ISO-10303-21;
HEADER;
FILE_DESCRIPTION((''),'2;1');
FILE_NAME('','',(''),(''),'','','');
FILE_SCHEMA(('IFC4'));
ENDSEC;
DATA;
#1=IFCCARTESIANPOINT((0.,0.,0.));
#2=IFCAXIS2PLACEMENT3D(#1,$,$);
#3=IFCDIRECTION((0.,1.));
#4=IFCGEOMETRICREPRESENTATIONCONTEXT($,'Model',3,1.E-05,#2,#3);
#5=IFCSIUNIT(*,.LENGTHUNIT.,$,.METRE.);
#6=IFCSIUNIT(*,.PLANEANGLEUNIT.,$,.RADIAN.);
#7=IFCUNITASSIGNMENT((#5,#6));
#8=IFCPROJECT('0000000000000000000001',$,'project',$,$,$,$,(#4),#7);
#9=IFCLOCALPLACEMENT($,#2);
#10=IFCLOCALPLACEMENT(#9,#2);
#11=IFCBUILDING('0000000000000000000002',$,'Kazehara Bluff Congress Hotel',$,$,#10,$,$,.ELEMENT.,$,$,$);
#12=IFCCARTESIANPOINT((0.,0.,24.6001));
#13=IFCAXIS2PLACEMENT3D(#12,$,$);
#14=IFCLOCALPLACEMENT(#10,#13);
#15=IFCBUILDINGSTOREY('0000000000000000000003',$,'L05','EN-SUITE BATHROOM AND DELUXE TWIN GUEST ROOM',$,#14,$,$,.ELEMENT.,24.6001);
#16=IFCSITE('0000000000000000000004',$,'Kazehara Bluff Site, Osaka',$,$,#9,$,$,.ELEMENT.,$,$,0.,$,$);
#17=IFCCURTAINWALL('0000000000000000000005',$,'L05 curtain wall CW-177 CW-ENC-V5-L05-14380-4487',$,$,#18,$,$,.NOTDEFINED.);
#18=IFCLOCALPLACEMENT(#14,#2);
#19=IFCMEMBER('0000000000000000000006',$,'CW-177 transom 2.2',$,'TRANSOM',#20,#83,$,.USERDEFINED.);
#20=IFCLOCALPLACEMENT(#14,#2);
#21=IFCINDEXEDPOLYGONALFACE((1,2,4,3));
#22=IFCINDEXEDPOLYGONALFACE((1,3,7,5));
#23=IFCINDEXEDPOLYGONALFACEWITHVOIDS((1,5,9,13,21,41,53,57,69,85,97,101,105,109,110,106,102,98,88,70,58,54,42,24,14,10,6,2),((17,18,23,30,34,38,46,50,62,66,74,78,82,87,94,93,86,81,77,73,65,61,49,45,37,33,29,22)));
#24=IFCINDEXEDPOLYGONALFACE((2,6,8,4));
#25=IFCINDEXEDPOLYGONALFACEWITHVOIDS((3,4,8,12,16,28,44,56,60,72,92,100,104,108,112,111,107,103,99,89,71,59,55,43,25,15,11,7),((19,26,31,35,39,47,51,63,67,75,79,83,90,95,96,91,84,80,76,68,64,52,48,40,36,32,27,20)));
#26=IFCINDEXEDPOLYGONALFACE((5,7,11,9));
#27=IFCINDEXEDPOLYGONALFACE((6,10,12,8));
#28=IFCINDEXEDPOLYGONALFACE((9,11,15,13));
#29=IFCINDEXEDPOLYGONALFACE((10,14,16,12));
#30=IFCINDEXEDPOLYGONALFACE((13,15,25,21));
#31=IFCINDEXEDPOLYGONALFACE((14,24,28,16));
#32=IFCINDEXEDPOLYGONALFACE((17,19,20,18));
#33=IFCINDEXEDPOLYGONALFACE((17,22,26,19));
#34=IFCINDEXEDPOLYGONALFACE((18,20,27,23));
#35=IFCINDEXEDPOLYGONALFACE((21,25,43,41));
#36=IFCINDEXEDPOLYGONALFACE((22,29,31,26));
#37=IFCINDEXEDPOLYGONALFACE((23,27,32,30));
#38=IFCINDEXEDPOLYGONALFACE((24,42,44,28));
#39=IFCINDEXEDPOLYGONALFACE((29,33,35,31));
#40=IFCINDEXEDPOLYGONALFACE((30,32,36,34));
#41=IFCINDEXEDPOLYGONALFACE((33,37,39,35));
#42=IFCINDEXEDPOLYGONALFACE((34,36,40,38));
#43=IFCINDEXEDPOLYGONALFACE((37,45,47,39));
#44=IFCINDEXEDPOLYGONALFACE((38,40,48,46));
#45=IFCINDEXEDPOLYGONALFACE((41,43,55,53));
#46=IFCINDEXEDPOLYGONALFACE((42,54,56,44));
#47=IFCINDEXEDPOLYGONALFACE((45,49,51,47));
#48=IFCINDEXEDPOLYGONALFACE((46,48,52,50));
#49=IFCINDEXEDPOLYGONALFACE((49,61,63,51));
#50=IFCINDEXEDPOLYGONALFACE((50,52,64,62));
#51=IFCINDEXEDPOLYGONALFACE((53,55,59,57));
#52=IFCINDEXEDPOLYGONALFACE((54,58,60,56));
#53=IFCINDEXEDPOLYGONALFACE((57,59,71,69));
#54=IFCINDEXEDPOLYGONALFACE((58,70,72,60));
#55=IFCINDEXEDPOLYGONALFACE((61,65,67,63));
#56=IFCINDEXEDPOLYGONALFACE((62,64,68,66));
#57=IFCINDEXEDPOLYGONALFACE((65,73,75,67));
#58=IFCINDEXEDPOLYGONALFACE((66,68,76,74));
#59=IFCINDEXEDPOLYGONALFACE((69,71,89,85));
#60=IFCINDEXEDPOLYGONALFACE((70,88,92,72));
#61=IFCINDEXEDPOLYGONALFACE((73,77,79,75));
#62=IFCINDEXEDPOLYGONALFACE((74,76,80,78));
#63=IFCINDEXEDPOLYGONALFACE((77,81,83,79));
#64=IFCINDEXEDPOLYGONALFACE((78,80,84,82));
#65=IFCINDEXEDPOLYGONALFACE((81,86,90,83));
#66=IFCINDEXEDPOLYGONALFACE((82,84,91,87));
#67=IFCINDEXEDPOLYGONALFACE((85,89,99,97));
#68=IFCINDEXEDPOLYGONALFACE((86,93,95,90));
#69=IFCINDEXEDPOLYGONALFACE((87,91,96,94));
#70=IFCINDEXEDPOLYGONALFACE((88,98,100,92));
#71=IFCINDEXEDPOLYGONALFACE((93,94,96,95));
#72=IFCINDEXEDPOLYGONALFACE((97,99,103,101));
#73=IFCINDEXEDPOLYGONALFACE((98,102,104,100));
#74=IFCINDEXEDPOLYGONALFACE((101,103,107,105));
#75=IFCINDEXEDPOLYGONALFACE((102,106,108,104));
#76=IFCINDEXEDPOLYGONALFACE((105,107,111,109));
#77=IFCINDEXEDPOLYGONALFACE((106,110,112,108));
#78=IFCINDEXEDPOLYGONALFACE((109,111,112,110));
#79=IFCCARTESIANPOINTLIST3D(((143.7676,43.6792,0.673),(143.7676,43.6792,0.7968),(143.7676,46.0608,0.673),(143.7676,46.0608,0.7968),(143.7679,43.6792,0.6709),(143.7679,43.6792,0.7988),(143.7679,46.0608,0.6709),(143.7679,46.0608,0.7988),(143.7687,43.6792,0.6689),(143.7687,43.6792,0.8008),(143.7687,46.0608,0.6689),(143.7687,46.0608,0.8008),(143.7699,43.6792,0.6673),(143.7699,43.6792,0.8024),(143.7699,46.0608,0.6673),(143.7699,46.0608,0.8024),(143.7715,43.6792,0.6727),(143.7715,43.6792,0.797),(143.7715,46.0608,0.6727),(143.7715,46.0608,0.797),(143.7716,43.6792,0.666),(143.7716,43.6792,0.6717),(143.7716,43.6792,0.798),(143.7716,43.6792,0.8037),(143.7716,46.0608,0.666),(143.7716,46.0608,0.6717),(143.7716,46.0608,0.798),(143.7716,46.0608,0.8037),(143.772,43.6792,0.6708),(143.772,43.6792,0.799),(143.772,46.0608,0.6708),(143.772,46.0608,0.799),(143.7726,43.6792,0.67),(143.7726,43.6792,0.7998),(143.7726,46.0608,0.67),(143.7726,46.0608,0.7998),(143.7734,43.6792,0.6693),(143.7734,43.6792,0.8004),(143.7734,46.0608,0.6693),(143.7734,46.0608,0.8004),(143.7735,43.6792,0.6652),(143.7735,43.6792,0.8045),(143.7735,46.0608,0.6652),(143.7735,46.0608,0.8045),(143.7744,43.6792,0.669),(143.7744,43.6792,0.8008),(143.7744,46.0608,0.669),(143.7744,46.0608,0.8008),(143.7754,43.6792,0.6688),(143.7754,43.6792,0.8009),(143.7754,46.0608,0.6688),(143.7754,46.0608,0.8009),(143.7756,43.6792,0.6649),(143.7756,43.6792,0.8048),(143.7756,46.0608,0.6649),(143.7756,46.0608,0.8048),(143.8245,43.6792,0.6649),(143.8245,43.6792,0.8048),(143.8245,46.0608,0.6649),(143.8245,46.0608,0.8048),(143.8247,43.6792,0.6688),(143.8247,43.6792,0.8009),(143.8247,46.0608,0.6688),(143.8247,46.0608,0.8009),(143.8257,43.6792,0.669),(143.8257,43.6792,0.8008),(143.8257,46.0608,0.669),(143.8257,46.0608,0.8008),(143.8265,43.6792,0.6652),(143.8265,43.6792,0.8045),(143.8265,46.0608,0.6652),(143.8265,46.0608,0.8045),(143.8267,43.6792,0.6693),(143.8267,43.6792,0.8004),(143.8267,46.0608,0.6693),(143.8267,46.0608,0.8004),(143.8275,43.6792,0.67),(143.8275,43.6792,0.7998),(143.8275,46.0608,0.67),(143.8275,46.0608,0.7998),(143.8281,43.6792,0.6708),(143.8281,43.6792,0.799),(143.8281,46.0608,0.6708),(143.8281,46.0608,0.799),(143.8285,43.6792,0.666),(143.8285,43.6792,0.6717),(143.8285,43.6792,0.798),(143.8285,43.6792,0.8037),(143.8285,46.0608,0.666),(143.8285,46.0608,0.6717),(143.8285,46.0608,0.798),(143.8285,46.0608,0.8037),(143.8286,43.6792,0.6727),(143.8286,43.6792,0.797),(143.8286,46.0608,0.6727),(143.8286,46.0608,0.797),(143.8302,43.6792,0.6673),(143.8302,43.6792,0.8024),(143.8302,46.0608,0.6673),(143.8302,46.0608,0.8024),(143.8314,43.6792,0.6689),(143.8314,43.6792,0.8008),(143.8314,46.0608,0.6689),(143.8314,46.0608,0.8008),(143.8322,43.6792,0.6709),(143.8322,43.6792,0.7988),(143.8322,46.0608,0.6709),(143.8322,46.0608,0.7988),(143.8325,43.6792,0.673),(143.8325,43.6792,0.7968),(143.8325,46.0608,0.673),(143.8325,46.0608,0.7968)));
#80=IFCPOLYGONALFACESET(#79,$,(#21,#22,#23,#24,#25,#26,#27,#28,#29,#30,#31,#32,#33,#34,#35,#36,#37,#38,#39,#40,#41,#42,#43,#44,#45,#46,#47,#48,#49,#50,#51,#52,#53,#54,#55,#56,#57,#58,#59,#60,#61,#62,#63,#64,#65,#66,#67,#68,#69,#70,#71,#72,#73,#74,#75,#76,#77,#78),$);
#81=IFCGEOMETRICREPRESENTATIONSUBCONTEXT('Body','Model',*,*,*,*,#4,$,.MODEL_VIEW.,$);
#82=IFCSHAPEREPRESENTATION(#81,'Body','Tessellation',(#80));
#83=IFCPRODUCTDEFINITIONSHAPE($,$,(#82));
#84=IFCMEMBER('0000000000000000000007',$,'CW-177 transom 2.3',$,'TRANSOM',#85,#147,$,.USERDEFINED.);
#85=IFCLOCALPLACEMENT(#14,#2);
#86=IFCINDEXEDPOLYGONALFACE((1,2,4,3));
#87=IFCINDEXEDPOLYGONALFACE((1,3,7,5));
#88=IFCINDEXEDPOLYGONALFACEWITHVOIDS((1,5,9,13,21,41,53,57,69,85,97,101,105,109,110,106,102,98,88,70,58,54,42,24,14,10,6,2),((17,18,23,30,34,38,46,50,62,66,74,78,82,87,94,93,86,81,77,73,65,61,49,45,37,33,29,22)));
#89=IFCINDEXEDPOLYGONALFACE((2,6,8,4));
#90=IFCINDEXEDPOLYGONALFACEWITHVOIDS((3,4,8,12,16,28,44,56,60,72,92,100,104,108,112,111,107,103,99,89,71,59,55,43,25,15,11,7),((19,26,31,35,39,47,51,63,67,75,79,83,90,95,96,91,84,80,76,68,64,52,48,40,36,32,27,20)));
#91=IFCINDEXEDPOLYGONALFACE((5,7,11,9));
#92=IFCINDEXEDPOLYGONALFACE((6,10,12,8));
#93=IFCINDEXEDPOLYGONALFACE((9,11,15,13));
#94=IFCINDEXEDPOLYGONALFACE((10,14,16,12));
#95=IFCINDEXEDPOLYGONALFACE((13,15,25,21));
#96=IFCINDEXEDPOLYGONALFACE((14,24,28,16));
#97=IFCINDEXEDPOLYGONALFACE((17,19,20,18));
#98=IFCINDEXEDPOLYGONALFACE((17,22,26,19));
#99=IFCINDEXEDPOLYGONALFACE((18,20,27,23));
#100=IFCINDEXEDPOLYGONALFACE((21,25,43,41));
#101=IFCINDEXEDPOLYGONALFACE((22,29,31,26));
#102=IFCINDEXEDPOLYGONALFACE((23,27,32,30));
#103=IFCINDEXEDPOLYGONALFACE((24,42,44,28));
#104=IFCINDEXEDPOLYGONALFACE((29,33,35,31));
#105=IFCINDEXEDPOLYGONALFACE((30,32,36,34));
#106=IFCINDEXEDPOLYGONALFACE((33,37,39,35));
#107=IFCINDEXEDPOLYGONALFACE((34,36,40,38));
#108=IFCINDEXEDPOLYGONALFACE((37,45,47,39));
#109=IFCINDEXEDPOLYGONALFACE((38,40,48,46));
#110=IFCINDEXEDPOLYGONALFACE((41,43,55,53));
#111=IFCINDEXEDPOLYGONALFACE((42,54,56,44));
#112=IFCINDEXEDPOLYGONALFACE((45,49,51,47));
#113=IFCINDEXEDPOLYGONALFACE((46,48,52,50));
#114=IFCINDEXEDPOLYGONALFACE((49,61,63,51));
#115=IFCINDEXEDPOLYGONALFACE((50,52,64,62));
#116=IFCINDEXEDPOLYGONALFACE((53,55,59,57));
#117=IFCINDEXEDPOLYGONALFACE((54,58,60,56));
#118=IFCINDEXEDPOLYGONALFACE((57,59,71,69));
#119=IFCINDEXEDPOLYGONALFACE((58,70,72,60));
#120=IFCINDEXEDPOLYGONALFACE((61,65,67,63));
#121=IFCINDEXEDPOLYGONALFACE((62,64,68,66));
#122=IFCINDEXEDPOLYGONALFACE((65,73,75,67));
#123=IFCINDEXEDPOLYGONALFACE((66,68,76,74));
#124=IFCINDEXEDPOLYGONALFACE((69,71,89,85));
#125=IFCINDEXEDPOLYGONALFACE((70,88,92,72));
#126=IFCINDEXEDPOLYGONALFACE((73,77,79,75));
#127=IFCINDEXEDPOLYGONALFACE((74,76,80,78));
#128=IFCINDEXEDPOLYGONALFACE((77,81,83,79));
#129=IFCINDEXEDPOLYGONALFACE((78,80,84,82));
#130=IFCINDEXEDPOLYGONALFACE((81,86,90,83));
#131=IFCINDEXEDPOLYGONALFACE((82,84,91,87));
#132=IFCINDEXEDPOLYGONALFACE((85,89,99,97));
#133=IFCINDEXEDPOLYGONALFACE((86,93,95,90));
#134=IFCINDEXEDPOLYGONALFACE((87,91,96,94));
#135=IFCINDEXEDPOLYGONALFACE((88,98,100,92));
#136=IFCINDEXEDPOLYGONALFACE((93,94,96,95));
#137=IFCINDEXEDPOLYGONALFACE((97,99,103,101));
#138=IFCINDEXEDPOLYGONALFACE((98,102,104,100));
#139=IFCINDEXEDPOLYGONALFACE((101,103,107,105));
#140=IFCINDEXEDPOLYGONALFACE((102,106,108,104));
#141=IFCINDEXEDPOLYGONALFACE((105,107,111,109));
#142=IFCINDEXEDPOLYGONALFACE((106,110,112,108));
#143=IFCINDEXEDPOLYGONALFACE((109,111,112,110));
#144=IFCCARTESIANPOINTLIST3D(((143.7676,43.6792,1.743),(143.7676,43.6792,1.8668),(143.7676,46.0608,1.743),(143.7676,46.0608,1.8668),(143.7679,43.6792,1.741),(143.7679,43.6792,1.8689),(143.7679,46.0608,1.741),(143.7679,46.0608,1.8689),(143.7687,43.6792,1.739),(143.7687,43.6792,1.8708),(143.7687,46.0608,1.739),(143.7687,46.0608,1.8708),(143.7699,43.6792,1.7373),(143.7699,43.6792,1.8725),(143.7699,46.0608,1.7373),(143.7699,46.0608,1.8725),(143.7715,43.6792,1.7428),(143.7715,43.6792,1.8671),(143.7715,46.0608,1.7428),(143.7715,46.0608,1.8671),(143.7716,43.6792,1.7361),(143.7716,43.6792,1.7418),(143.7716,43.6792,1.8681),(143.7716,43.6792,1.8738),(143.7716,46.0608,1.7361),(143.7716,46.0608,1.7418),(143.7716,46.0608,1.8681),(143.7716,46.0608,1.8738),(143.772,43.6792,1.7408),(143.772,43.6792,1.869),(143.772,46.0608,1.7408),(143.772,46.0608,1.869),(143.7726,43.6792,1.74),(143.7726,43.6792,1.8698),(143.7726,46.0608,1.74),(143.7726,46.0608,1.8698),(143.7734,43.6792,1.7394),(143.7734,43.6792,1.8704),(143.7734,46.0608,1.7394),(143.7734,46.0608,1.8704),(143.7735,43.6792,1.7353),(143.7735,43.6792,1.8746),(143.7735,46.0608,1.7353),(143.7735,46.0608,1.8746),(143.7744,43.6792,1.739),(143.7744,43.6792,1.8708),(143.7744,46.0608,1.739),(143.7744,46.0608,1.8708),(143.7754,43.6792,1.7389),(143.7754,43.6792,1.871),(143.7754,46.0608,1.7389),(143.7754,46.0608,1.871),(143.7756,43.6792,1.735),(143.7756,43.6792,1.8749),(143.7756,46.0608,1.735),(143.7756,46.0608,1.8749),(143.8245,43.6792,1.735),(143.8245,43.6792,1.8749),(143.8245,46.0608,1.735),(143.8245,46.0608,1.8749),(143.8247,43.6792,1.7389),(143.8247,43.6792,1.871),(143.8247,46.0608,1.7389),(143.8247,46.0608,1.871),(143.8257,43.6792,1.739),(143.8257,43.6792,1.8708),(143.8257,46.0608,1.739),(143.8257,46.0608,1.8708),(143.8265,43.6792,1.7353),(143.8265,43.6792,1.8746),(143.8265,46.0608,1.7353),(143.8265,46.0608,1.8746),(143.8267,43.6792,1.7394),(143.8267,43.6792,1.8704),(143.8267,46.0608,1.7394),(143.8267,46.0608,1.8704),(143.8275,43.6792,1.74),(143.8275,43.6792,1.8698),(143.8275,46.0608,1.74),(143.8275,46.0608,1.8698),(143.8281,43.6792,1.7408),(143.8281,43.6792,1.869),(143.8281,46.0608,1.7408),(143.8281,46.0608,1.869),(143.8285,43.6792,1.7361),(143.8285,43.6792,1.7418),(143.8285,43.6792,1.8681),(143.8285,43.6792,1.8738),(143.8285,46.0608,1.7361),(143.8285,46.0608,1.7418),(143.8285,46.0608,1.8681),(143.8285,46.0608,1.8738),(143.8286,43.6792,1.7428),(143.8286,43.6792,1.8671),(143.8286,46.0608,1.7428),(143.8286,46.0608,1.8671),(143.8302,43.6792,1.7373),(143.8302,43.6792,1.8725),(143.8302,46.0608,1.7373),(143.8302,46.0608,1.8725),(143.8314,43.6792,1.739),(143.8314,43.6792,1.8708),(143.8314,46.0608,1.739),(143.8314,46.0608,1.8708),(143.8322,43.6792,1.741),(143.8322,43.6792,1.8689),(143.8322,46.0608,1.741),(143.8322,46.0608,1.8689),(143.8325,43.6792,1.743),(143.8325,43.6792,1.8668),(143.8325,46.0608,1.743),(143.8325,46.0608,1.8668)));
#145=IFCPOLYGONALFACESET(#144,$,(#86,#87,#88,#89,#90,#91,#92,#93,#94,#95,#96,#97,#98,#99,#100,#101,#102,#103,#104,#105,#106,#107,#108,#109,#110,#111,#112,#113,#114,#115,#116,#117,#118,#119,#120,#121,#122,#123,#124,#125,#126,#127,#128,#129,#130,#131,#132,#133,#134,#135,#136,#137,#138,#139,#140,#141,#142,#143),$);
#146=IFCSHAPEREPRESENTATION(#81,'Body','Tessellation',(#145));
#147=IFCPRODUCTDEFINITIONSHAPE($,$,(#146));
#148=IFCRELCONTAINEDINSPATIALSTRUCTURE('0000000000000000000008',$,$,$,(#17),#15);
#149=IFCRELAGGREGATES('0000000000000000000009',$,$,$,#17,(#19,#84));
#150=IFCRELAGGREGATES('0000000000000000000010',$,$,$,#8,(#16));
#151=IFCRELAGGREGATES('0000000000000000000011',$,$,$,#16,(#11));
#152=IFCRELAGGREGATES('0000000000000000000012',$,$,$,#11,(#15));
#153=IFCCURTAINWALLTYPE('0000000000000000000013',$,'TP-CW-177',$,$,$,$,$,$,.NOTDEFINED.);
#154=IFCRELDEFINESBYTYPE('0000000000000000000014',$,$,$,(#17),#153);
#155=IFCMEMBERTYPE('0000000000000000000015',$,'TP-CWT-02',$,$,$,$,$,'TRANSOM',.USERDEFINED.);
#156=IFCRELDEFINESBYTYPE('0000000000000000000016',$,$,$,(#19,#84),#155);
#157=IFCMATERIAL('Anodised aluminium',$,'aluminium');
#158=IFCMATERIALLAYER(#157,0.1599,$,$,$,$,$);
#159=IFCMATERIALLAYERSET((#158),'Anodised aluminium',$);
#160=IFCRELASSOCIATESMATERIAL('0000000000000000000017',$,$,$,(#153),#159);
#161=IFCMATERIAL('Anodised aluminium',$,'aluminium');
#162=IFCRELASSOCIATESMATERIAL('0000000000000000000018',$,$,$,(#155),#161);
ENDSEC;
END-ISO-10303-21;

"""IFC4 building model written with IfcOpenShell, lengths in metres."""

from ifc_helpers import new_model, si_unit, direction, frame, origin, origin_2d, place, context, subcontext, project, spatial, hollow_rectangle, extrude, material, layer, layer_set, material_profile, profile_set, type_object, element, aggregate, save


model = new_model("IFC4")

# Units and contexts
model_context = context("Model", 3, precision=1e-05, world=origin(), true_north=direction((0.0, 1.0)))
body_context = subcontext(model_context, "Body", "Model", "MODEL_VIEW")
ifc_project = project(units=[si_unit("LENGTHUNIT", "METRE"), si_unit("PLANEANGLEUNIT", "RADIAN")], contexts=[model_context])

# Site, building, storey
site_placement = place(None, origin())
site = spatial("IfcSite", under=ifc_project, at=site_placement, Name="Kazehara Bluff Site, Osaka", CompositionType="ELEMENT", RefElevation=0.0)
building_placement = place(site_placement, origin())
building = spatial("IfcBuilding", under=site, at=building_placement, Name="Kazehara Bluff Congress Hotel", CompositionType="ELEMENT")
storey_placement = place(building_placement, frame((0.0, 0.0, 24.6001)))
storey = spatial("IfcBuildingStorey", under=building, at=storey_placement, Name="L05", Description="EN-SUITE BATHROOM AND DELUXE TWIN GUEST ROOM", CompositionType="ELEMENT", Elevation=24.6001)

# Curtain wall, members
ifc_material_1 = material(Name="Anodised aluminium", Category="aluminium")
ifc_layer_1 = layer(ifc_material_1, 0.1599)
ifc_layer_set_1 = layer_set([ifc_layer_1], Name="Anodised aluminium")
curtain_wall_type_1 = type_object("IfcCurtainWallType", Name="TP-CW-177", PredefinedType="NOTDEFINED", material=ifc_layer_set_1)
curtain_wall_1_placement = place(storey_placement, origin())
curtain_wall_1 = element("IfcCurtainWall", 1, at=curtain_wall_1_placement, inside=storey, type_object=curtain_wall_type_1, Name="L05 curtain wall CW-177 CW-ENC-V5-L05-14380-4487", PredefinedType="NOTDEFINED")
ifc_material_2 = material(Name="Anodised aluminium", Category="aluminium")
ifc_material_profile_1 = material_profile(ifc_material_2, hollow_rectangle(XDim=0.0649, YDim=0.1399, WallThickness=0.0039, InnerFilletRadius=0.0039, OuterFilletRadius=0.0081, at=origin_2d()))
ifc_profile_set_1 = profile_set([ifc_material_profile_1], Name="Anodised aluminium")
member_type_1 = type_object("IfcMemberType", Name="TP-CWT-02", ElementType="TRANSOM", PredefinedType="USERDEFINED", material=ifc_profile_set_1)
member_1_placement = place(storey_placement, frame((143.8, 43.6792, 0.7349), z_axis=(0.0, 1.0, 0.0), x_axis=(-1.0, 0.0, 0.0)))
member_1 = element("IfcMember", 2, at=member_1_placement, type_object=member_type_1, Name="CW-177 transom 2.2", ObjectType="TRANSOM", PredefinedType="USERDEFINED", context=body_context, shape_type="SweptSolid", body=[
    extrude(hollow_rectangle(XDim=0.0649, YDim=0.1399, WallThickness=0.0039, InnerFilletRadius=0.0039, OuterFilletRadius=0.0081, at=origin_2d()), origin(), (0.0, 0.0, 1.0), 2.3816),
])
member_2_placement = place(storey_placement, frame((143.8, 43.6792, 1.8049), z_axis=(0.0, 1.0, 0.0), x_axis=(-1.0, 0.0, 0.0)))
member_2 = element("IfcMember", 3, at=member_2_placement, type_object=member_type_1, Name="CW-177 transom 2.3", ObjectType="TRANSOM", PredefinedType="USERDEFINED", context=body_context, shape_type="SweptSolid", body=[
    extrude(hollow_rectangle(XDim=0.0649, YDim=0.1399, WallThickness=0.0039, InnerFilletRadius=0.0039, OuterFilletRadius=0.0081, at=origin_2d()), origin(), (0.0, 0.0, 1.0), 2.3816),
])
aggregate(curtain_wall_1, [member_1, member_2])

save(model, "model.ifc")
